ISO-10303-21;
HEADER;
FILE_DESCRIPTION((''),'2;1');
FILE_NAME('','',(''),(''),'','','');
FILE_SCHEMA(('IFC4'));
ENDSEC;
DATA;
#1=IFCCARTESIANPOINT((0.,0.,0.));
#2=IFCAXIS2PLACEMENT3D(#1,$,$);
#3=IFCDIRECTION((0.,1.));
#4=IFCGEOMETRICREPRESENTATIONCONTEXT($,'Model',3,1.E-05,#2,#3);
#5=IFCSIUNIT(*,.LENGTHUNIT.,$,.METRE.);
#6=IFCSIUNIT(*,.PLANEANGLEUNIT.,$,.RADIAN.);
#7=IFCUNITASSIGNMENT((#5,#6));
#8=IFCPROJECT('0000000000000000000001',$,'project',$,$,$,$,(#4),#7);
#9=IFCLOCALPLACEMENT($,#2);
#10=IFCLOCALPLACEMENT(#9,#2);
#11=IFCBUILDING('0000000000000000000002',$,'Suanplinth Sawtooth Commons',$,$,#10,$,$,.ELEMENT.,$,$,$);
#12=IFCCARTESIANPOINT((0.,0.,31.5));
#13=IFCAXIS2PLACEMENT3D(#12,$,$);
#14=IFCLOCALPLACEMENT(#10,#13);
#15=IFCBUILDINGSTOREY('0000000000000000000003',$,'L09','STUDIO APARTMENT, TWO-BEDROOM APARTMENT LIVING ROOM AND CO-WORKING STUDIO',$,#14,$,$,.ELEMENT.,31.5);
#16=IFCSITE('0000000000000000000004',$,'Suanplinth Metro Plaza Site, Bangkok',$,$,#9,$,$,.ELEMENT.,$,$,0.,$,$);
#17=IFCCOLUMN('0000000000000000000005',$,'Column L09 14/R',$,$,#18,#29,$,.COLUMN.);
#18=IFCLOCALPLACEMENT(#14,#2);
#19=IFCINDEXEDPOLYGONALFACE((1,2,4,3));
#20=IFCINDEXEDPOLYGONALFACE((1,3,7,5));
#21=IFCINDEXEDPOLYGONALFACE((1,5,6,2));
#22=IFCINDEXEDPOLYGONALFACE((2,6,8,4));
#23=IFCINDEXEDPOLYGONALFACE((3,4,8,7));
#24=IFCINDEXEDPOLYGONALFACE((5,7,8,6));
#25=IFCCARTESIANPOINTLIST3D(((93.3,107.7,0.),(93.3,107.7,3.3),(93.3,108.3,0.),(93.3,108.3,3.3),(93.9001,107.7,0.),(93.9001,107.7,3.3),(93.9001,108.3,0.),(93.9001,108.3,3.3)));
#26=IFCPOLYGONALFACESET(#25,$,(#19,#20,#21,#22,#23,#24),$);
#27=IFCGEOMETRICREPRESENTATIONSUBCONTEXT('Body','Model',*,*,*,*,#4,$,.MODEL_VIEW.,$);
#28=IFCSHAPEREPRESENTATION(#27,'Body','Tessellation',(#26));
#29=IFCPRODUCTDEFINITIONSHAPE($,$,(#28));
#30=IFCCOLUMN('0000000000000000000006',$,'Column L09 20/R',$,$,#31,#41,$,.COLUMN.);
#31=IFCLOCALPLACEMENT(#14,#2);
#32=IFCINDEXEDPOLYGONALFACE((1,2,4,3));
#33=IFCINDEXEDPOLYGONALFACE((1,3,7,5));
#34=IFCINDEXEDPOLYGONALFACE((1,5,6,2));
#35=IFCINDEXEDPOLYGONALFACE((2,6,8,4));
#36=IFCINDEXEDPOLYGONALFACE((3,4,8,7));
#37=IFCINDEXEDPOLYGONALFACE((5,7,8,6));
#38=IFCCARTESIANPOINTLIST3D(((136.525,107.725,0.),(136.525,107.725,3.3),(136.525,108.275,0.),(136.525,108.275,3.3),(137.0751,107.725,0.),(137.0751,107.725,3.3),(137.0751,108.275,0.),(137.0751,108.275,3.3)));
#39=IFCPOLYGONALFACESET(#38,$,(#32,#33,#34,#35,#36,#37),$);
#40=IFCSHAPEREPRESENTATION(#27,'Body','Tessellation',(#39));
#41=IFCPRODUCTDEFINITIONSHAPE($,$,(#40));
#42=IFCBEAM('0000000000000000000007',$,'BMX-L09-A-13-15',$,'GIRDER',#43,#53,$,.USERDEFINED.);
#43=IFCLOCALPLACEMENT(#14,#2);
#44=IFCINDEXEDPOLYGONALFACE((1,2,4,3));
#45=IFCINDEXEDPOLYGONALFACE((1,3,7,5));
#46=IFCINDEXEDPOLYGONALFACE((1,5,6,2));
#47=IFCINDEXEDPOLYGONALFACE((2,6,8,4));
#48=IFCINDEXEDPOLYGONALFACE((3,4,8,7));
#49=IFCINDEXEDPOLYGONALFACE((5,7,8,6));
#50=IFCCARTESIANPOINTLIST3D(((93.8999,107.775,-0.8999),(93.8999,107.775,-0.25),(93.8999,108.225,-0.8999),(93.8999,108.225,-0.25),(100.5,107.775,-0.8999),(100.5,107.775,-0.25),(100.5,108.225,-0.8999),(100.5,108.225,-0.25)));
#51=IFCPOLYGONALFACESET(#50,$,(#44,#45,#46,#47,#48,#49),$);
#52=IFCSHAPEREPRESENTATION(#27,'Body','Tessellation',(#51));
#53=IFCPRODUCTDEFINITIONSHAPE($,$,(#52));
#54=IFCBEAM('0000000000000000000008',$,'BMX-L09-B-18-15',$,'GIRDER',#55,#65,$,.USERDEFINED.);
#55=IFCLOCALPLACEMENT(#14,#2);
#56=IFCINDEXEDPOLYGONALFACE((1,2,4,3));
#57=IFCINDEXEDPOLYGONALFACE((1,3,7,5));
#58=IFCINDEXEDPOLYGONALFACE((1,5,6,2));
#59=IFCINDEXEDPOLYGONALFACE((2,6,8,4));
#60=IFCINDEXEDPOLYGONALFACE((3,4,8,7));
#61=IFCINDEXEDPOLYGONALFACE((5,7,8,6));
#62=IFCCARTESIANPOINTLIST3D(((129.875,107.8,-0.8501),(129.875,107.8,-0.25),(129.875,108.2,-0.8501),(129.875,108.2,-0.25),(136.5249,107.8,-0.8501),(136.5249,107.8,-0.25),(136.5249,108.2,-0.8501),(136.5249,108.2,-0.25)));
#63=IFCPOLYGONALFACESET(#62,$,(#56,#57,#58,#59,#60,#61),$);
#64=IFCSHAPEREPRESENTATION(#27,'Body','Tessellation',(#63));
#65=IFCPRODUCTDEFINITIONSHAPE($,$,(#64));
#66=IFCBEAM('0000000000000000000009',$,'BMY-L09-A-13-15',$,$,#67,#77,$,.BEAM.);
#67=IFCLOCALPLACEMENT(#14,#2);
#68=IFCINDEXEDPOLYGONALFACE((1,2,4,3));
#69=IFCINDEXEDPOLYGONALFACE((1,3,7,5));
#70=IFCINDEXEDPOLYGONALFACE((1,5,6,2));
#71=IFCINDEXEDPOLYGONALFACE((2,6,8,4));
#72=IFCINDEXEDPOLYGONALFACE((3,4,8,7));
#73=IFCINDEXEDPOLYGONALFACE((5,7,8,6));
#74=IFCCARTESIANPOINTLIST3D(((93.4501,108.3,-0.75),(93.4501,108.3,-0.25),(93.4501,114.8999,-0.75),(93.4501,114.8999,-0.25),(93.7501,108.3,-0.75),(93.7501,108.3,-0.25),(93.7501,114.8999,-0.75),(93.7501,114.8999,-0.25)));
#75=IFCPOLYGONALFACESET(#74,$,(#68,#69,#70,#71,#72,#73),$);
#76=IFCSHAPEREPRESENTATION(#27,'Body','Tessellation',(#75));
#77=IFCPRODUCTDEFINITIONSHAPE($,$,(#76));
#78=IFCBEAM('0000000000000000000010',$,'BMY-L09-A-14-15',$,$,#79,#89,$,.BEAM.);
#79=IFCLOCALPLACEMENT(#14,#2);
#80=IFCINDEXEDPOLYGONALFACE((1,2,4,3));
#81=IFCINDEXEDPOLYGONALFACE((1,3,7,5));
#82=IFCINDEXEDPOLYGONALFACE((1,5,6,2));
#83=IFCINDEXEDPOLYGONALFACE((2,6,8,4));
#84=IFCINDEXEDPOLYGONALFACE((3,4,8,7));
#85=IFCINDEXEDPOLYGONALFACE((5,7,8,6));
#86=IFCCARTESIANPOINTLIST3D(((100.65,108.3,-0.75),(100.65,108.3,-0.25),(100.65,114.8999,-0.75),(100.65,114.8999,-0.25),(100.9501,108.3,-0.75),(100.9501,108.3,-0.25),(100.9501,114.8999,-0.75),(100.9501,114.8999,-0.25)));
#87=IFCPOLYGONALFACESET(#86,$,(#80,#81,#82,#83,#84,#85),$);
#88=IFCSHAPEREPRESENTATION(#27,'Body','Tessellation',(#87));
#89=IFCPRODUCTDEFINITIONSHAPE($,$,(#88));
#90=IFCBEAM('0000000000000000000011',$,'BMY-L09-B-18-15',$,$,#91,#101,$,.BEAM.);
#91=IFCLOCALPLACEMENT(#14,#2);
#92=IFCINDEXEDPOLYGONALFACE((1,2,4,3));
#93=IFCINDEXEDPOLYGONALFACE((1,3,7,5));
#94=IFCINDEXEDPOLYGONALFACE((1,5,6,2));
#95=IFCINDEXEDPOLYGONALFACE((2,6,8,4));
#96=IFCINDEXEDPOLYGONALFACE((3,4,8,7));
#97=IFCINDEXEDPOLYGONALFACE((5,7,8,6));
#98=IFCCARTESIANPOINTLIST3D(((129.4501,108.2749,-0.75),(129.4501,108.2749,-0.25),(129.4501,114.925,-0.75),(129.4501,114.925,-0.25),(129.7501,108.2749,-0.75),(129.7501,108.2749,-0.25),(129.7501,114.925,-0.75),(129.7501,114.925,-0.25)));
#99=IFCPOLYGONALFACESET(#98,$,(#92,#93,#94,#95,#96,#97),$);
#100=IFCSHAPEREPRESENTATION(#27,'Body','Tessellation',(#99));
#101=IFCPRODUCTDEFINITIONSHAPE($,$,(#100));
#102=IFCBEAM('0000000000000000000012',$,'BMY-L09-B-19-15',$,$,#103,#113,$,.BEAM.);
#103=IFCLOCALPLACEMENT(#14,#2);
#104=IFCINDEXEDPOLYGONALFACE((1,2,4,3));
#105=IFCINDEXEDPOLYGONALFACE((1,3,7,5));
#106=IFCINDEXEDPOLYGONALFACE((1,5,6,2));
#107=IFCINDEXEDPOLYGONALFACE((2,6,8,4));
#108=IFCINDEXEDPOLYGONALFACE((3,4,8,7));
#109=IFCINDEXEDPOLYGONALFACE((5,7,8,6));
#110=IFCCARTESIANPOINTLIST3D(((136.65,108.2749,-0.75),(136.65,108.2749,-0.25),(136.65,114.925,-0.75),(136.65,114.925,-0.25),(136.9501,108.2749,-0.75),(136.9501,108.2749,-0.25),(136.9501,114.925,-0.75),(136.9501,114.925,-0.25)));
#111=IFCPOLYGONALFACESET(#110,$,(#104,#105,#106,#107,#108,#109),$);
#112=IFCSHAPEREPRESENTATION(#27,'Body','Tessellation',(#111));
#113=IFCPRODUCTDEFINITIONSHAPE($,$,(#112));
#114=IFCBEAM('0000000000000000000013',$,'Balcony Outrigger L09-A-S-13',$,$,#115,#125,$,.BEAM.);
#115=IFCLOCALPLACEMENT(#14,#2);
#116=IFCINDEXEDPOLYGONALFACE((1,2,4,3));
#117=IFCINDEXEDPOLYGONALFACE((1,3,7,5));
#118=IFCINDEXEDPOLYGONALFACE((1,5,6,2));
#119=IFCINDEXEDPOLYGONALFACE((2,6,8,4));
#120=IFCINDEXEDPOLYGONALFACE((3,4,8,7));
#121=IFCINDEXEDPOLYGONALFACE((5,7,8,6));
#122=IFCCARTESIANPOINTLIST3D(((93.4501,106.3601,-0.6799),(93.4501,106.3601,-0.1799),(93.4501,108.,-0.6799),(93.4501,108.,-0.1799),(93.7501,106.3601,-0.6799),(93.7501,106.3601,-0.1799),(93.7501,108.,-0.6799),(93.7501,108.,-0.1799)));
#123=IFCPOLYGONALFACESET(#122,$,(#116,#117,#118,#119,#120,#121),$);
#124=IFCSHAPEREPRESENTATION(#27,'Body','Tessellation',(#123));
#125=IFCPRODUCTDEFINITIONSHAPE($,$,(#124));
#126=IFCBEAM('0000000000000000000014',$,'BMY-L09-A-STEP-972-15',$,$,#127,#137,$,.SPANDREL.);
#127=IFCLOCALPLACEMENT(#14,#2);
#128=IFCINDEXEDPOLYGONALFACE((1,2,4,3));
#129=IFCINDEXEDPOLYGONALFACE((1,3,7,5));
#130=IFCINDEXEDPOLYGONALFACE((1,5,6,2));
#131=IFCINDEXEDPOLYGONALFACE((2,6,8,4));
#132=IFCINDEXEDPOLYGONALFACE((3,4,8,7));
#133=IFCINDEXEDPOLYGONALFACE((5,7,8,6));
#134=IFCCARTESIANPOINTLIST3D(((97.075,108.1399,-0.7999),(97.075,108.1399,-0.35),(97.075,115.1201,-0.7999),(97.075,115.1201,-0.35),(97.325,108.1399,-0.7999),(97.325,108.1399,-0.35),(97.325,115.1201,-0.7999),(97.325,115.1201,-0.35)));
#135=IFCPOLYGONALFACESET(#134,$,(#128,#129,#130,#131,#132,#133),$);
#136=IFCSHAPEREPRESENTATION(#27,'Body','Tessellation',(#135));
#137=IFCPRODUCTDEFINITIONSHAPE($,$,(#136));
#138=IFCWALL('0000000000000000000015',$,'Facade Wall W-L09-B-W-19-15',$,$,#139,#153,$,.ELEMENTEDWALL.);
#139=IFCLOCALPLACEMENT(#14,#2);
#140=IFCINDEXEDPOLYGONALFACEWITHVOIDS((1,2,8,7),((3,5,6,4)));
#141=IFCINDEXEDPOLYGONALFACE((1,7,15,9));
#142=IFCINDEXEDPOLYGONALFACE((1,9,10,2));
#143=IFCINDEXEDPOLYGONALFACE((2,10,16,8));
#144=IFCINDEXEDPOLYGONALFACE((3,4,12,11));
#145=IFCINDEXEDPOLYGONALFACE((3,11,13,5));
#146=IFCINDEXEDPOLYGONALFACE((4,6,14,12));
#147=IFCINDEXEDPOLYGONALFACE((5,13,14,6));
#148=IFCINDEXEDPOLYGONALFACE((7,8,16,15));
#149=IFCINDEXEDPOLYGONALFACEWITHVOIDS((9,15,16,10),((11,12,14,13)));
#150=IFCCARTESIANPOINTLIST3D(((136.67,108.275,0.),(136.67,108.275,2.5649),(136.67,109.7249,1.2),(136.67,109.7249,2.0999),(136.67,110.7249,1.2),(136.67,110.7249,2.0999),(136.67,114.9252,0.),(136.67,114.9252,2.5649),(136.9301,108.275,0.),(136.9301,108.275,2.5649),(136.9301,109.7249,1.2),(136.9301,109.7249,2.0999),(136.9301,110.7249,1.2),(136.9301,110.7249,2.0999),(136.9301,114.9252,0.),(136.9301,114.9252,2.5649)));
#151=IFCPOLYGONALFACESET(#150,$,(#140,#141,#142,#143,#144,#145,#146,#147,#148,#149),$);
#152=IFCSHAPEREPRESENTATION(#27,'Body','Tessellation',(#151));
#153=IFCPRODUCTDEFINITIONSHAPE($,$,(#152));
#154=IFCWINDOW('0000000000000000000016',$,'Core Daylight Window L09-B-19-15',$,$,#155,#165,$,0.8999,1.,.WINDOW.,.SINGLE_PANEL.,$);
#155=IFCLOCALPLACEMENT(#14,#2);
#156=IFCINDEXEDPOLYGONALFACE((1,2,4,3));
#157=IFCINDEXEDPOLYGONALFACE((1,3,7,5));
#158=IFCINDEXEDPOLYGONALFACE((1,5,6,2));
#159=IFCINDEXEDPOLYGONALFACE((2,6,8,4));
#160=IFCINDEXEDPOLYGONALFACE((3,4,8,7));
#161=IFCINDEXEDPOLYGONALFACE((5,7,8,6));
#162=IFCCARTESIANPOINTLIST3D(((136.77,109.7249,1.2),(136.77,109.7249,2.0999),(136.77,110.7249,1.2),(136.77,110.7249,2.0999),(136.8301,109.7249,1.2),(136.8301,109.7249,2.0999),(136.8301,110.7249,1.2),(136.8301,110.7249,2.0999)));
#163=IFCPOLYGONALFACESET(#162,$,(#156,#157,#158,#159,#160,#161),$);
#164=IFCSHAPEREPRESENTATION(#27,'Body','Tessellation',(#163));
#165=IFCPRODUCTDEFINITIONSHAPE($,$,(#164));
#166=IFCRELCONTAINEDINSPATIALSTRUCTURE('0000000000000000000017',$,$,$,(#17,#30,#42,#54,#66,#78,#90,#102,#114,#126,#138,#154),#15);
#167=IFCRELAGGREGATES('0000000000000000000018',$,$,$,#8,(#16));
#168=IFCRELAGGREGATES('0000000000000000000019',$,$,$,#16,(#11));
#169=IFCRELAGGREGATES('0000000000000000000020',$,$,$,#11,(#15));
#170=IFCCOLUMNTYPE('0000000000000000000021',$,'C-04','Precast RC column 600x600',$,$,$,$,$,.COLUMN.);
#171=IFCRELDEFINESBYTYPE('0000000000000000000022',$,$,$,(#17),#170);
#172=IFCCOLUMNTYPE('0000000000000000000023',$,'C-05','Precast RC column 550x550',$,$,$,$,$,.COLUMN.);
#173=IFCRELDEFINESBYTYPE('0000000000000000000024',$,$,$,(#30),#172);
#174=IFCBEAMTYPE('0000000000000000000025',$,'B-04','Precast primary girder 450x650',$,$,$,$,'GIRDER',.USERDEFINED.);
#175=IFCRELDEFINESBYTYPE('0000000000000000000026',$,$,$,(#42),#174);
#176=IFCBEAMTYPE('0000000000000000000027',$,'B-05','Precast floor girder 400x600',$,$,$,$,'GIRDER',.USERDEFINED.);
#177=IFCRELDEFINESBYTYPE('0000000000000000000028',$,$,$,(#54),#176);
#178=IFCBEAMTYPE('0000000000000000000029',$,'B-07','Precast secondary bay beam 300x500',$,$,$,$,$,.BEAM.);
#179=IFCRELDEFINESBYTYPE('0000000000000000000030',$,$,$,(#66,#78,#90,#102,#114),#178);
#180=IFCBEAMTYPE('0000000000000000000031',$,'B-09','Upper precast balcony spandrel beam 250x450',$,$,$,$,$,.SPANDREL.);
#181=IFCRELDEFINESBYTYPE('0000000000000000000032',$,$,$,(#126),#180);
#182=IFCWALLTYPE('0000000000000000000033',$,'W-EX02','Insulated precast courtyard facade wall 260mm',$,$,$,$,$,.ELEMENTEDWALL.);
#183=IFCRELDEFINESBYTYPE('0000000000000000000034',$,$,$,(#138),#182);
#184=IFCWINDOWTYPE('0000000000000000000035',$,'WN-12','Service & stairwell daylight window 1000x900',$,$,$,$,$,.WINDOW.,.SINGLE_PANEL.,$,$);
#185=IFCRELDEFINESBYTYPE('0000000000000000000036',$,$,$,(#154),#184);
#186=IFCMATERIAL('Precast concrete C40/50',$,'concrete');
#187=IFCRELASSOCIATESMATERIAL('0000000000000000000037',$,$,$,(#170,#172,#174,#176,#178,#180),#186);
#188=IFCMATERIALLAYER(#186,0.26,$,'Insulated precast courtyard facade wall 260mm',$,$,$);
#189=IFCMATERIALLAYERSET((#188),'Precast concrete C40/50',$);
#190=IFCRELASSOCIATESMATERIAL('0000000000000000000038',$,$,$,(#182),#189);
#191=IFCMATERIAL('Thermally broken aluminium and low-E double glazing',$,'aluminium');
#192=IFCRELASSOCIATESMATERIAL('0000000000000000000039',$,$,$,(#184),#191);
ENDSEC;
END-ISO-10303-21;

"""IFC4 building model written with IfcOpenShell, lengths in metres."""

from ifc_helpers import new_model, si_unit, direction, frame, frame_2d, origin, origin_2d, place, context, subcontext, project, spatial, rectangle, extrude, material, layer, layer_set, material_profile, profile_set, type_object, element, fill, save


model = new_model("IFC4")

# Units and contexts
model_context = context("Model", 3, precision=1e-05, world=origin(), true_north=direction((0.0, 1.0)))
body_context = subcontext(model_context, "Body", "Model", "MODEL_VIEW")
ifc_project = project(units=[si_unit("LENGTHUNIT", "METRE"), si_unit("PLANEANGLEUNIT", "RADIAN")], contexts=[model_context])

# Site, building, storey
site_placement = place(None, origin())
site = spatial("IfcSite", under=ifc_project, at=site_placement, Name="Suanplinth Metro Plaza Site, Bangkok", CompositionType="ELEMENT", RefElevation=0.0)
building_placement = place(site_placement, origin())
building = spatial("IfcBuilding", under=site, at=building_placement, Name="Suanplinth Sawtooth Commons", CompositionType="ELEMENT")
storey_placement = place(building_placement, frame((0.0, 0.0, 31.5)))
storey = spatial("IfcBuildingStorey", under=building, at=storey_placement, Name="L09", Description="STUDIO APARTMENT, TWO-BEDROOM APARTMENT LIVING ROOM AND CO-WORKING STUDIO", CompositionType="ELEMENT", Elevation=31.5)

# Columns
ifc_material_1 = material(Name="Precast concrete C40/50", Category="concrete")
ifc_material_profile_1 = material_profile(ifc_material_1, rectangle(XDim=0.6001, YDim=0.6001, at=origin_2d()), Name="PC-COL 600x600")
ifc_profile_set_1 = profile_set([ifc_material_profile_1], Name="Precast concrete C40/50")
column_type_1 = type_object("IfcColumnType", Name="C-04", Description="Precast RC column 600x600", PredefinedType="COLUMN", material=ifc_profile_set_1)
column_1_placement = place(storey_placement, frame((93.6001, 108.0, 0.0), z_axis=(0.0, 0.0, 1.0), x_axis=(1.0, 0.0, 0.0)))
element("IfcColumn", 1, at=column_1_placement, inside=storey, type_object=column_type_1, Name="Column L09 14/R", PredefinedType="COLUMN", context=body_context, shape_type="SweptSolid", body=[
    extrude(rectangle(XDim=0.6001, YDim=0.6001, at=origin_2d()), origin(), (0.0, 0.0, 1.0), 3.3),
])
ifc_material_profile_2 = material_profile(ifc_material_1, rectangle(XDim=0.55, YDim=0.55, at=origin_2d()), Name="PC-COL 550x550")
ifc_profile_set_2 = profile_set([ifc_material_profile_2], Name="Precast concrete C40/50")
column_type_2 = type_object("IfcColumnType", Name="C-05", Description="Precast RC column 550x550", PredefinedType="COLUMN", material=ifc_profile_set_2)
column_2_placement = place(storey_placement, frame((136.8, 108.0, 0.0), z_axis=(0.0, 0.0, 1.0), x_axis=(1.0, 0.0, 0.0)))
element("IfcColumn", 2, at=column_2_placement, inside=storey, type_object=column_type_2, Name="Column L09 20/R", PredefinedType="COLUMN", context=body_context, shape_type="SweptSolid", body=[
    extrude(rectangle(XDim=0.55, YDim=0.55, at=origin_2d()), origin(), (0.0, 0.0, 1.0), 3.3),
])

# Beams
ifc_material_profile_3 = material_profile(ifc_material_1, rectangle(XDim=0.45, YDim=0.6499, at=origin_2d()), Name="PC-GDR 450x650")
ifc_profile_set_3 = profile_set([ifc_material_profile_3], Name="Precast concrete C40/50")
beam_type_1 = type_object("IfcBeamType", Name="B-04", Description="Precast primary girder 450x650", ElementType="GIRDER", PredefinedType="USERDEFINED", material=ifc_profile_set_3)
beam_1_placement = place(storey_placement, frame((93.8999, 108.0, -0.575), z_axis=(1.0, 0.0, 0.0), x_axis=(0.0, 1.0, 0.0)))
element("IfcBeam", 3, at=beam_1_placement, inside=storey, type_object=beam_type_1, Name="BMX-L09-A-13-15", ObjectType="GIRDER", PredefinedType="USERDEFINED", context=body_context, shape_type="SweptSolid", body=[
    extrude(rectangle(XDim=0.45, YDim=0.6499, at=origin_2d()), origin(), (0.0, 0.0, 1.0), 6.6001),
])
ifc_material_profile_4 = material_profile(ifc_material_1, rectangle(XDim=0.3999, YDim=0.6001, at=origin_2d()), Name="PC-GDR 400x600")
ifc_profile_set_4 = profile_set([ifc_material_profile_4], Name="Precast concrete C40/50")
beam_type_2 = type_object("IfcBeamType", Name="B-05", Description="Precast floor girder 400x600", ElementType="GIRDER", PredefinedType="USERDEFINED", material=ifc_profile_set_4)
beam_2_placement = place(storey_placement, frame((129.875, 108.0, -0.55), z_axis=(1.0, 0.0, 0.0), x_axis=(0.0, 1.0, 0.0)))
element("IfcBeam", 4, at=beam_2_placement, inside=storey, type_object=beam_type_2, Name="BMX-L09-B-18-15", ObjectType="GIRDER", PredefinedType="USERDEFINED", context=body_context, shape_type="SweptSolid", body=[
    extrude(rectangle(XDim=0.3999, YDim=0.6001, at=origin_2d()), origin(), (0.0, 0.0, 1.0), 6.6499),
])
ifc_material_profile_5 = material_profile(ifc_material_1, rectangle(XDim=0.3, YDim=0.5, at=origin_2d()), Name="PC-BM 300x500")
ifc_profile_set_5 = profile_set([ifc_material_profile_5], Name="Precast concrete C40/50")
beam_type_3 = type_object("IfcBeamType", Name="B-07", Description="Precast secondary bay beam 300x500", PredefinedType="BEAM", material=ifc_profile_set_5)
for number, where, z_axis, x_axis, name in (
    (5, (93.6001, 108.3, -0.5), (0.0, 1.0, 0.0), (-1.0, 0.0, 0.0), "BMY-L09-A-13-15"),
    (6, (100.8, 108.3, -0.5), (0.0, 1.0, 0.0), (-1.0, 0.0, 0.0), "BMY-L09-A-14-15"),
):
    element("IfcBeam", number, at=place(storey_placement, frame(where, z_axis=z_axis, x_axis=x_axis)), inside=storey, type_object=beam_type_3, Name=name, PredefinedType="BEAM", context=body_context, shape_type="SweptSolid", body=[
        extrude(rectangle(XDim=0.3, YDim=0.5, at=origin_2d()), origin(), (0.0, 0.0, 1.0), 6.5999),
    ])
for number, where, z_axis, x_axis, name in (
    (7, (129.6001, 108.2749, -0.5), (0.0, 1.0, 0.0), (-1.0, 0.0, 0.0), "BMY-L09-B-18-15"),
    (8, (136.8, 108.2749, -0.5), (0.0, 1.0, 0.0), (-1.0, 0.0, 0.0), "BMY-L09-B-19-15"),
):
    element("IfcBeam", number, at=place(storey_placement, frame(where, z_axis=z_axis, x_axis=x_axis)), inside=storey, type_object=beam_type_3, Name=name, PredefinedType="BEAM", context=body_context, shape_type="SweptSolid", body=[
        extrude(rectangle(XDim=0.3, YDim=0.5, at=origin_2d()), origin(), (0.0, 0.0, 1.0), 6.6501),
    ])
beam_3_placement = place(storey_placement, frame((93.6001, 108.0, -0.4299), z_axis=(0.0, -1.0, 0.0), x_axis=(1.0, 0.0, 0.0)))
element("IfcBeam", 9, at=beam_3_placement, inside=storey, type_object=beam_type_3, Name="Balcony Outrigger L09-A-S-13", PredefinedType="BEAM", context=body_context, shape_type="SweptSolid", body=[
    extrude(rectangle(XDim=0.3, YDim=0.5, at=origin_2d()), origin(), (0.0, 0.0, 1.0), 1.6399),
])
ifc_material_profile_6 = material_profile(ifc_material_1, rectangle(XDim=0.25, YDim=0.45, at=origin_2d()), Name="PC-SP 250x450")
ifc_profile_set_6 = profile_set([ifc_material_profile_6], Name="Precast concrete C40/50")
beam_type_4 = type_object("IfcBeamType", Name="B-09", Description="Upper precast balcony spandrel beam 250x450", PredefinedType="SPANDREL", material=ifc_profile_set_6)
beam_4_placement = place(storey_placement, frame((97.2, 108.1399, -0.575), z_axis=(0.0, 1.0, 0.0), x_axis=(-1.0, 0.0, 0.0)))
element("IfcBeam", 10, at=beam_4_placement, inside=storey, type_object=beam_type_4, Name="BMY-L09-A-STEP-972-15", PredefinedType="SPANDREL", context=body_context, shape_type="SweptSolid", body=[
    extrude(rectangle(XDim=0.25, YDim=0.45, at=origin_2d()), origin(), (0.0, 0.0, 1.0), 6.9802),
])

# Shared definitions
ifc_layer_1 = layer(ifc_material_1, 0.26, Name="Insulated precast courtyard facade wall 260mm")
ifc_layer_set_1 = layer_set([ifc_layer_1], Name="Precast concrete C40/50")
wall_type_1 = type_object("IfcWallType", Name="W-EX02", Description="Insulated precast courtyard facade wall 260mm", PredefinedType="ELEMENTEDWALL", material=ifc_layer_set_1)

# Wall, opening, window
wall_1_placement = place(storey_placement, frame((136.8, 108.2749, 0.0), z_axis=(0.0, 0.0, 1.0), x_axis=(0.0, 1.0, 0.0)))
wall_1 = element("IfcWall", 11, at=wall_1_placement, inside=storey, type_object=wall_type_1, Name="Facade Wall W-L09-B-W-19-15", PredefinedType="ELEMENTEDWALL", context=body_context, shape_type="SweptSolid", body=[
    extrude(rectangle(XDim=6.6501, YDim=0.26, at=frame_2d((3.3252, 0.0))), origin(), (0.0, 0.0, 1.0), 2.5649),
])
opening_1_placement = place(wall_1_placement, frame((1.45, 0.0, 1.2)))
opening_1 = element("IfcOpeningElement", 12, at=opening_1_placement, cuts=wall_1, PredefinedType="OPENING", context=body_context, shape_type="SweptSolid", body=[
    extrude(rectangle(XDim=1.0, YDim=0.8999, at=frame_2d((0.5, 0.45))), frame((0.0, 0.145, 0.0), z_axis=(0.0, -1.0, 0.0), x_axis=(1.0, 0.0, 0.0)), (0.0, 0.0, 1.0), 0.2898),
])
ifc_material_2 = material(Name="Thermally broken aluminium and low-E double glazing", Category="aluminium")
window_type = type_object("IfcWindowType", Name="WN-12", Description="Service & stairwell daylight window 1000x900", PartitioningType="SINGLE_PANEL", PredefinedType="WINDOW", material=ifc_material_2)
window_1_placement = place(opening_1_placement, origin())
window_1 = element("IfcWindow", 13, at=window_1_placement, inside=storey, type_object=window_type, Name="Core Daylight Window L09-B-19-15", OverallHeight=0.8999, OverallWidth=1.0, PartitioningType="SINGLE_PANEL", PredefinedType="WINDOW", context=body_context, shape_type="SweptSolid", body=[
    extrude(rectangle(XDim=1.0, YDim=0.8999, at=frame_2d((0.5, 0.45))), frame((0.0, 0.03, 0.0), z_axis=(0.0, -1.0, 0.0), x_axis=(1.0, 0.0, 0.0)), (0.0, 0.0, 1.0), 0.0601),
])
fill(opening_1, window_1)

save(model, "model.ifc")
